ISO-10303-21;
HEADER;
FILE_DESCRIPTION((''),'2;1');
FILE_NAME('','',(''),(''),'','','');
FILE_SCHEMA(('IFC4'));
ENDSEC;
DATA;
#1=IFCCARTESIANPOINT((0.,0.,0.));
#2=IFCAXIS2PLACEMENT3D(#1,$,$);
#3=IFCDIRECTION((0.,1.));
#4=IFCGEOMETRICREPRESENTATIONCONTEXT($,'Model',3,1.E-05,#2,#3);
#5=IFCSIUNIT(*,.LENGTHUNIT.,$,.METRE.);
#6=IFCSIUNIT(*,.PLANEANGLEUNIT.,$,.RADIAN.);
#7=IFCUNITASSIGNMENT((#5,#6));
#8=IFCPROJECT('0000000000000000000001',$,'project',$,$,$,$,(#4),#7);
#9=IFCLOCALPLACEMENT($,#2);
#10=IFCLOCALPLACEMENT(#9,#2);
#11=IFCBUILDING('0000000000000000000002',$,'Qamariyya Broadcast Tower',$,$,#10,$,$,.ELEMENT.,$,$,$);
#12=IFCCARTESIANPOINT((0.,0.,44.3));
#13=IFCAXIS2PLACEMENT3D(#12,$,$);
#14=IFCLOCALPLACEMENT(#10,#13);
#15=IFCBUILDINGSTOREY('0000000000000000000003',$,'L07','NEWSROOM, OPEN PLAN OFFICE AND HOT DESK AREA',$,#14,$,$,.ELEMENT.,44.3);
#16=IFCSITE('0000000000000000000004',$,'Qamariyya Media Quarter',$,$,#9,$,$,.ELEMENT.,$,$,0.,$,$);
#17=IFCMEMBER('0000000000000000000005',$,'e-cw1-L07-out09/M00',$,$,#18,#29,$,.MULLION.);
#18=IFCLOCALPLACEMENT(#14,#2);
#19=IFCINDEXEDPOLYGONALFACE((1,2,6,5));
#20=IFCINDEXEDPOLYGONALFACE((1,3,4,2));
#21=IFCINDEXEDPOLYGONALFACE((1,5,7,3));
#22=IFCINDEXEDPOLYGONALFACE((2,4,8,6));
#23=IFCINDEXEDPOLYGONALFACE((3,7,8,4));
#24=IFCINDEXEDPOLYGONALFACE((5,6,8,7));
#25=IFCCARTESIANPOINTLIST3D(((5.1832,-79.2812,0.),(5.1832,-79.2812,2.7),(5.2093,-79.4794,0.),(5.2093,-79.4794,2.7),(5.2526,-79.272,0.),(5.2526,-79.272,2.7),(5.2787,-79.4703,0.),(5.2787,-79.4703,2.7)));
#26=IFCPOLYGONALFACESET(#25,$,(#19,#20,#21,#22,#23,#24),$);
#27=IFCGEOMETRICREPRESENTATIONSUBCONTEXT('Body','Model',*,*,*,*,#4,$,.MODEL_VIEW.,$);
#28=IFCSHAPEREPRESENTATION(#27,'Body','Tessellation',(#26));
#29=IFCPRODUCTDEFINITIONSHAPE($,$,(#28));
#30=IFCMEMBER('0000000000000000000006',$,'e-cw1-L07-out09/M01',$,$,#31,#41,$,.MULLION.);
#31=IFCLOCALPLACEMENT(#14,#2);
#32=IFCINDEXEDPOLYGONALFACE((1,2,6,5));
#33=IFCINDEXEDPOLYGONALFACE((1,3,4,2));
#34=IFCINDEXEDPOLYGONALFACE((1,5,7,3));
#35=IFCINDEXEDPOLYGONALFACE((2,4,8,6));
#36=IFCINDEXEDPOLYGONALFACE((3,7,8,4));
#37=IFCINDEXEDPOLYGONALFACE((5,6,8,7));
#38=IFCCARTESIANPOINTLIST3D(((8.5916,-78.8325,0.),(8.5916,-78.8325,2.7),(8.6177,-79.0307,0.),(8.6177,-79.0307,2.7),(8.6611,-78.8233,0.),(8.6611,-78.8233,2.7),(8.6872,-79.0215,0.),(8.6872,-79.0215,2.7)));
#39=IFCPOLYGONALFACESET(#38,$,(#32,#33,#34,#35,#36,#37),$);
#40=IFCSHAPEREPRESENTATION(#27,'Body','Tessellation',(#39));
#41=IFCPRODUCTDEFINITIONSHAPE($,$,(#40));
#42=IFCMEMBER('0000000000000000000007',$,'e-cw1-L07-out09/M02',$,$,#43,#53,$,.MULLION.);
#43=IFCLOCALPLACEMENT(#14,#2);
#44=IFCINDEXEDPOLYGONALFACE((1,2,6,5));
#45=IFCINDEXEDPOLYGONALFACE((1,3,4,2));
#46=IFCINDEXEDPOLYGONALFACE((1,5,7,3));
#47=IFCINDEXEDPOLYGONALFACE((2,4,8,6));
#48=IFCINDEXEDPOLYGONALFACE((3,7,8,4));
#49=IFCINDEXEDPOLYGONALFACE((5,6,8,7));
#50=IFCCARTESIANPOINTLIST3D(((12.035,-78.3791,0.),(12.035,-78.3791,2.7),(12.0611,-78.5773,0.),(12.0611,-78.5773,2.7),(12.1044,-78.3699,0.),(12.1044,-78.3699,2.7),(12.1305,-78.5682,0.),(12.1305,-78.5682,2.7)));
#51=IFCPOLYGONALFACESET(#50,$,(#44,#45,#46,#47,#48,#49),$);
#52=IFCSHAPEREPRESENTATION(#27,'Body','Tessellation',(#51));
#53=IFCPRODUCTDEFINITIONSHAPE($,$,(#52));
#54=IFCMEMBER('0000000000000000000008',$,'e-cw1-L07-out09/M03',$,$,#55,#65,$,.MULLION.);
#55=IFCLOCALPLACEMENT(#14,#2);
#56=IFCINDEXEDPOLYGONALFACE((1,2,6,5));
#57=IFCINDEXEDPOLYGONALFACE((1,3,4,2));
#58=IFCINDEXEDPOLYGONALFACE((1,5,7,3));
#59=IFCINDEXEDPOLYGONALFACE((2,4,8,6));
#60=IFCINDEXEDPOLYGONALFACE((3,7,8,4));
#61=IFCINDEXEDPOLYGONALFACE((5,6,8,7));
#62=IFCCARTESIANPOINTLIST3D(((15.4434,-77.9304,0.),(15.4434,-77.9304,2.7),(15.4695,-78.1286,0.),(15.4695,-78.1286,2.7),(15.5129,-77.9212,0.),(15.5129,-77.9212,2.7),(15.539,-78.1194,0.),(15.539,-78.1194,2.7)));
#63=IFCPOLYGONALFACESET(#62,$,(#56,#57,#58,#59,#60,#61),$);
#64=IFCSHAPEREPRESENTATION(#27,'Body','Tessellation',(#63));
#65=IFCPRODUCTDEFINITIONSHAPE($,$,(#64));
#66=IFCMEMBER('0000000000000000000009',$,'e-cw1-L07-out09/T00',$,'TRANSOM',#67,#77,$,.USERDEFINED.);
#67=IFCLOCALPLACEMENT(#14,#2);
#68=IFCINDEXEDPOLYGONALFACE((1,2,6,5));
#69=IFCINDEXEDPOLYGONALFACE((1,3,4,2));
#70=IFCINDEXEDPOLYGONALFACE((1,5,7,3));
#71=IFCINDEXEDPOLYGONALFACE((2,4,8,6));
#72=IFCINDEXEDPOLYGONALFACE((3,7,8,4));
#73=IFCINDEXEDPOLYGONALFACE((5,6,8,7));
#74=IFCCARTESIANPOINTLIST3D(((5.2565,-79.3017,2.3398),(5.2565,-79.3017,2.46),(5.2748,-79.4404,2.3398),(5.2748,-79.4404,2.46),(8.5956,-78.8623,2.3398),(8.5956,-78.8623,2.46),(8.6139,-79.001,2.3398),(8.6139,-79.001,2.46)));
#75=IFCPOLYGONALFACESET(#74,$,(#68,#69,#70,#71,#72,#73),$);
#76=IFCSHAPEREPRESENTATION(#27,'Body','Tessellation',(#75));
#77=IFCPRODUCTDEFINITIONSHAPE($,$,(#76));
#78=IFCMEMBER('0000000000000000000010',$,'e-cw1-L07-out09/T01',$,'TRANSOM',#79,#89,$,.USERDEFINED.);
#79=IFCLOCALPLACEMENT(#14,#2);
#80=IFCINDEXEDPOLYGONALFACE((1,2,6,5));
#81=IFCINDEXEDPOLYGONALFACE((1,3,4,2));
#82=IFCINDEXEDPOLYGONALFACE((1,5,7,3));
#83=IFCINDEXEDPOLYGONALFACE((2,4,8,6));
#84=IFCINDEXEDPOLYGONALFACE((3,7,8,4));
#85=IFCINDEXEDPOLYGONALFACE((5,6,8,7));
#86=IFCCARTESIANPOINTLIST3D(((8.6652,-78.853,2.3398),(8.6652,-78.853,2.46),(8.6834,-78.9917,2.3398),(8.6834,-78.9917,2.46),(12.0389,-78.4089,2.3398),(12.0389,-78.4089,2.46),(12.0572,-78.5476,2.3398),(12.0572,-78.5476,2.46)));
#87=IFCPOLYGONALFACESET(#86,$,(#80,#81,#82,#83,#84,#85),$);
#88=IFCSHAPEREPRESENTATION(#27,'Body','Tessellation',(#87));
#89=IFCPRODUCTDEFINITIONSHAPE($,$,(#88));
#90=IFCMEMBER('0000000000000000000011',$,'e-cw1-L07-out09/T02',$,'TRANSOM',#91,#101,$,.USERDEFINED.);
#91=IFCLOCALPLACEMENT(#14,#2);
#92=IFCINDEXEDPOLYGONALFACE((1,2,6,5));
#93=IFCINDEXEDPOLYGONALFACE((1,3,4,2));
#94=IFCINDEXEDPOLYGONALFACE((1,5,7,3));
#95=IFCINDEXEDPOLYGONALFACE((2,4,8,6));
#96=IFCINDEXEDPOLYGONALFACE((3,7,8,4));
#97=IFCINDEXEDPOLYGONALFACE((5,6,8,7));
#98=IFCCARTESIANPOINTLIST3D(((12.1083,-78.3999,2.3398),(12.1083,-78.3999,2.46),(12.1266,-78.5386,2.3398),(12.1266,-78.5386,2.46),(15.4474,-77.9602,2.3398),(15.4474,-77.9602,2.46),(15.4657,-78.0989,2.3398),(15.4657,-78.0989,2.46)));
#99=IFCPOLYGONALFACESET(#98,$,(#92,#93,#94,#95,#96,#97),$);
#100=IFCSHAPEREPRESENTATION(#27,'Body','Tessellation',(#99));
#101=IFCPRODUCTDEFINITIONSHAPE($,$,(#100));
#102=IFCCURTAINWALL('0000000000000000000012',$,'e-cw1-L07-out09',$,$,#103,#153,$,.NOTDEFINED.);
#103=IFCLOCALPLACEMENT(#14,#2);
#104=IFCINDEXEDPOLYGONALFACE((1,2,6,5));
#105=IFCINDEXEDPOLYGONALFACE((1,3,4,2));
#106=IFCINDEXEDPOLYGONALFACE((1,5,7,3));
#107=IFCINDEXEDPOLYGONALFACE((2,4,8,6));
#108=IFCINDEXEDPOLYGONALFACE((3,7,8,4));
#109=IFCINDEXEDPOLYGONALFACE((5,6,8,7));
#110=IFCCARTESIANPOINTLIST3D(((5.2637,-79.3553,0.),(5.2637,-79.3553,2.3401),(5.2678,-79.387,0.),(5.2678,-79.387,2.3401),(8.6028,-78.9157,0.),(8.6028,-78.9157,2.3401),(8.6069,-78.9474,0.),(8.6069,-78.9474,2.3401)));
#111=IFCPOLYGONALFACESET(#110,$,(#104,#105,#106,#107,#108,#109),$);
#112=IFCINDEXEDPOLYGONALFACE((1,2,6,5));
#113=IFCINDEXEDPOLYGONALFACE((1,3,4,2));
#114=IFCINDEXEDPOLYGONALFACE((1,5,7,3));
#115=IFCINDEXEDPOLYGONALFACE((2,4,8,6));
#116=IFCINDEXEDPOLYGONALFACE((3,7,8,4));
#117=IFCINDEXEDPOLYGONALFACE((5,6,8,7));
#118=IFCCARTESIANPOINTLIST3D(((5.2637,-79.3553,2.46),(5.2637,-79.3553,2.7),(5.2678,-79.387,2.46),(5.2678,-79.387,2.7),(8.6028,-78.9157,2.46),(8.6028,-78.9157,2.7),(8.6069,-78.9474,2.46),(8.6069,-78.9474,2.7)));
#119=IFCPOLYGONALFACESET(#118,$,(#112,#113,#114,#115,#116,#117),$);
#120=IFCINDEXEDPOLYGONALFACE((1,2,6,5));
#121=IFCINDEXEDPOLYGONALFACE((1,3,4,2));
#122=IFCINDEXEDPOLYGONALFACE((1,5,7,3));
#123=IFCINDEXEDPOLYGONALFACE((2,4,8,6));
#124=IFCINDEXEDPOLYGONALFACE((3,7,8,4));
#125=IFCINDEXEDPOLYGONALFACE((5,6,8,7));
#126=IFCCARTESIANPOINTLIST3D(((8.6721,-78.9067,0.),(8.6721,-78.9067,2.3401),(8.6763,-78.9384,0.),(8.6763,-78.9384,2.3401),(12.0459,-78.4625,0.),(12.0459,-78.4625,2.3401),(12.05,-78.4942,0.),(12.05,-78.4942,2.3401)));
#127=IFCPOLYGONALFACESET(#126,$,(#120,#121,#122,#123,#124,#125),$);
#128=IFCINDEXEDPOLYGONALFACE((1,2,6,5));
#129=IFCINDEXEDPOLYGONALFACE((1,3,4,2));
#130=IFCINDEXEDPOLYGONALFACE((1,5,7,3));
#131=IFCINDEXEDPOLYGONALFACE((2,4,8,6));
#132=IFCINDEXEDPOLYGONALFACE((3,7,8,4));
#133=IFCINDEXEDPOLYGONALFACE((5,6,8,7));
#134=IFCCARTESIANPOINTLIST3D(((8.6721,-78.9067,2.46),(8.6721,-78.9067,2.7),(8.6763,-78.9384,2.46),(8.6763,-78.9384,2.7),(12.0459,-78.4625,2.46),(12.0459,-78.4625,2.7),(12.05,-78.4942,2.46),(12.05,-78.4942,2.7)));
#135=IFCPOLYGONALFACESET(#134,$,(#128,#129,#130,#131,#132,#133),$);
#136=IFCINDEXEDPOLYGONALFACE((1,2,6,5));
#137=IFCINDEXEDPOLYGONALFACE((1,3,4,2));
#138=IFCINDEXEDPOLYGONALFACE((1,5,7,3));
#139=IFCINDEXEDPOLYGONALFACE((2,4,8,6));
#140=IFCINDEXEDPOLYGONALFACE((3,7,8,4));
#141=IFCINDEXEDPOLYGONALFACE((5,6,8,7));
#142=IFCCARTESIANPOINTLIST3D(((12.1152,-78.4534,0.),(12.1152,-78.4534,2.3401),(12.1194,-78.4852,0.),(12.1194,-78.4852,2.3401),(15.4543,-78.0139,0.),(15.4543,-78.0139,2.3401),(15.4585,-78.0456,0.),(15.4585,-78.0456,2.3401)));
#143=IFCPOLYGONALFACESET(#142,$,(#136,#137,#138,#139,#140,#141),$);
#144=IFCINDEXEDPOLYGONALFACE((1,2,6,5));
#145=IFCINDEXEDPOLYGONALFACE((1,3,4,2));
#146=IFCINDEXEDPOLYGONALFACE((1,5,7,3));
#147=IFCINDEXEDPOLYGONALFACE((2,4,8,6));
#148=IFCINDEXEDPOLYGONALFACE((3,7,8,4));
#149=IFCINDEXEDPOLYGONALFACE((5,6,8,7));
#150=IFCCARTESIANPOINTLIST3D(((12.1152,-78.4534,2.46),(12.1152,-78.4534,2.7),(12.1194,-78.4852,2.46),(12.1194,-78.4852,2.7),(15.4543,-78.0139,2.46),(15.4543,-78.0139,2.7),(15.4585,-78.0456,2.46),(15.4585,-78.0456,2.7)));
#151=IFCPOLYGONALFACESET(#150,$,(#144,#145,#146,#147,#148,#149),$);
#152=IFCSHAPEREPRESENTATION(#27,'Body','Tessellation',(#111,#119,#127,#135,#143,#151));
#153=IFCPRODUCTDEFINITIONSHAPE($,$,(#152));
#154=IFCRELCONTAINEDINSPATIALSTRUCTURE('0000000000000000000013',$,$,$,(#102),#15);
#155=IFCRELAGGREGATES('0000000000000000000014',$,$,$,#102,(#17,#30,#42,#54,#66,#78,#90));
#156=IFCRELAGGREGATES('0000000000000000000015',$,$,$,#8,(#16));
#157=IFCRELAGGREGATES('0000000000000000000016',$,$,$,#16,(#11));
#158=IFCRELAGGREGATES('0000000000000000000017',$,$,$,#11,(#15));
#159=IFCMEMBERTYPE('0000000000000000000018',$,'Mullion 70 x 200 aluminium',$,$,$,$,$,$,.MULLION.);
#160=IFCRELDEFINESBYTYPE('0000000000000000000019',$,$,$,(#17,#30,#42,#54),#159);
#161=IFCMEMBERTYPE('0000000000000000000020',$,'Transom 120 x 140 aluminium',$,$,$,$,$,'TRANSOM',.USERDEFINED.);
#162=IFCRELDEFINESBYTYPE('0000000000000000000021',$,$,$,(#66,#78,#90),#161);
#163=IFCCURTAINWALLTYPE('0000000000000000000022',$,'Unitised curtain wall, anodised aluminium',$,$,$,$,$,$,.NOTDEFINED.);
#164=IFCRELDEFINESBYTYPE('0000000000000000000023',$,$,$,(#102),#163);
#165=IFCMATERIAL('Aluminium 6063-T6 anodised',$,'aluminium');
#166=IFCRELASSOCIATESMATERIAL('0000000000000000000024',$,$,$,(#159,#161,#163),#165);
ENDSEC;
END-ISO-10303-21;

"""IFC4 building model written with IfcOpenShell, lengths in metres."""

from ifc_helpers import new_model, si_unit, direction, frame, origin, origin_2d, place, context, subcontext, project, spatial, rectangle, extrude, material, material_profile, profile_set, type_object, element, aggregate, save


model = new_model("IFC4")

# Units and contexts
model_context = context("Model", 3, precision=1e-05, world=origin(), true_north=direction((0.0, 1.0)))
body_context = subcontext(model_context, "Body", "Model", "MODEL_VIEW")
ifc_project = project(units=[si_unit("LENGTHUNIT", "METRE"), si_unit("PLANEANGLEUNIT", "RADIAN")], contexts=[model_context])

# Members
ifc_material = material(Name="Aluminium 6063-T6 anodised", Category="aluminium")
ifc_material_profile_1 = material_profile(ifc_material, rectangle(XDim=0.2, YDim=0.0701, at=origin_2d()))
ifc_profile_set_1 = profile_set([ifc_material_profile_1], Name="Aluminium 6063-T6 anodised")
member_type_1 = type_object("IfcMemberType", Name="Mullion 70 x 200 aluminium", PredefinedType="MULLION", material=ifc_profile_set_1)
site_placement = place(None, origin())
building_placement = place(site_placement, origin())
storey_placement = place(building_placement, frame((0.0, 0.0, 44.3)))
member_1_placement = place(storey_placement, frame((5.231, -79.3757, 0.0), z_axis=(0.0, 0.0, 1.0), x_axis=(-0.130526, 0.991445, 0.0)))
member_1 = element("IfcMember", 1, at=member_1_placement, type_object=member_type_1, Name="e-cw1-L07-out09/M00", PredefinedType="MULLION", context=body_context, shape_type="SweptSolid", body=[
    extrude(rectangle(XDim=0.2, YDim=0.0701, at=origin_2d()), origin(), (0.0, 0.0, 1.0), 2.7),
])
member_2_placement = place(storey_placement, frame((8.6394, -78.927, 0.0), z_axis=(0.0, 0.0, 1.0), x_axis=(-0.130526, 0.991445, 0.0)))
member_2 = element("IfcMember", 2, at=member_2_placement, type_object=member_type_1, Name="e-cw1-L07-out09/M01", PredefinedType="MULLION", context=body_context, shape_type="SweptSolid", body=[
    extrude(rectangle(XDim=0.2, YDim=0.0701, at=origin_2d()), origin(), (0.0, 0.0, 1.0), 2.7),
])
member_3_placement = place(storey_placement, frame((12.0828, -78.4736, 0.0), z_axis=(0.0, 0.0, 1.0), x_axis=(-0.130526, 0.991445, 0.0)))
member_3 = element("IfcMember", 3, at=member_3_placement, type_object=member_type_1, Name="e-cw1-L07-out09/M02", PredefinedType="MULLION", context=body_context, shape_type="SweptSolid", body=[
    extrude(rectangle(XDim=0.2, YDim=0.0701, at=origin_2d()), origin(), (0.0, 0.0, 1.0), 2.7),
])
member_4_placement = place(storey_placement, frame((15.4912, -78.0249, 0.0), z_axis=(0.0, 0.0, 1.0), x_axis=(-0.130526, 0.991445, 0.0)))
member_4 = element("IfcMember", 4, at=member_4_placement, type_object=member_type_1, Name="e-cw1-L07-out09/M03", PredefinedType="MULLION", context=body_context, shape_type="SweptSolid", body=[
    extrude(rectangle(XDim=0.2, YDim=0.0701, at=origin_2d()), origin(), (0.0, 0.0, 1.0), 2.7),
])
ifc_material_profile_2 = material_profile(ifc_material, rectangle(XDim=0.1399, YDim=0.1201, at=origin_2d()))
ifc_profile_set_2 = profile_set([ifc_material_profile_2], Name="Aluminium 6063-T6 anodised")
member_type_2 = type_object("IfcMemberType", Name="Transom 120 x 140 aluminium", ElementType="TRANSOM", PredefinedType="USERDEFINED", material=ifc_profile_set_2)
member_5_placement = place(storey_placement, frame((5.2656, -79.3711, 2.3999), z_axis=(0.991451, 0.130483, 0.0), x_axis=(-0.130483, 0.991451, 0.0)))
member_5 = element("IfcMember", 5, at=member_5_placement, type_object=member_type_2, Name="e-cw1-L07-out09/T00", ObjectType="TRANSOM", PredefinedType="USERDEFINED", context=body_context, shape_type="SweptSolid", body=[
    extrude(rectangle(XDim=0.1399, YDim=0.1201, at=origin_2d()), origin(), (0.0, 0.0, 1.0), 3.3679),
])
member_6_placement = place(storey_placement, frame((8.6743, -78.9224, 2.3999), z_axis=(0.991448, 0.130505, 0.0), x_axis=(-0.130505, 0.991448, 0.0)))
member_6 = element("IfcMember", 6, at=member_6_placement, type_object=member_type_2, Name="e-cw1-L07-out09/T01", ObjectType="TRANSOM", PredefinedType="USERDEFINED", context=body_context, shape_type="SweptSolid", body=[
    extrude(rectangle(XDim=0.1399, YDim=0.1201, at=origin_2d()), origin(), (0.0, 0.0, 1.0), 3.4028),
])
member_7_placement = place(storey_placement, frame((12.1174, -78.4692, 2.3999), z_axis=(0.991441, 0.130554, 0.0), x_axis=(-0.130554, 0.991441, 0.0)))
member_7 = element("IfcMember", 7, at=member_7_placement, type_object=member_type_2, Name="e-cw1-L07-out09/T02", ObjectType="TRANSOM", PredefinedType="USERDEFINED", context=body_context, shape_type="SweptSolid", body=[
    extrude(rectangle(XDim=0.1399, YDim=0.1201, at=origin_2d()), origin(), (0.0, 0.0, 1.0), 3.3679),
])

# Site, building, storey
site = spatial("IfcSite", under=ifc_project, at=site_placement, Name="Qamariyya Media Quarter", CompositionType="ELEMENT", RefElevation=0.0)
building = spatial("IfcBuilding", under=site, at=building_placement, Name="Qamariyya Broadcast Tower", CompositionType="ELEMENT")
storey = spatial("IfcBuildingStorey", under=building, at=storey_placement, Name="L07", Description="NEWSROOM, OPEN PLAN OFFICE AND HOT DESK AREA", CompositionType="ELEMENT", Elevation=44.3)

# Curtain wall
curtain_wall_type = type_object("IfcCurtainWallType", Name="Unitised curtain wall, anodised aluminium", PredefinedType="NOTDEFINED", material=ifc_material)
curtain_wall_1_placement = place(storey_placement, origin())
curtain_wall_1 = element("IfcCurtainWall", 8, at=curtain_wall_1_placement, inside=storey, type_object=curtain_wall_type, Name="e-cw1-L07-out09", PredefinedType="NOTDEFINED", context=body_context, shape_type="SweptSolid", body=[
    extrude(rectangle(XDim=3.3679, YDim=0.032, at=origin_2d()), frame((6.9353, -79.1514, 0.0), x_axis=(0.991446, 0.130521, 0.0)), (0.0, 0.0, 1.0), 2.3401),
    extrude(rectangle(XDim=3.3679, YDim=0.032, at=origin_2d()), frame((6.9353, -79.1514, 2.46), x_axis=(0.991446, 0.130521, 0.0)), (0.0, 0.0, 1.0), 0.24),
    extrude(rectangle(XDim=3.4028, YDim=0.032, at=origin_2d()), frame((10.3611, -78.7004, 0.0), x_axis=(0.991446, 0.130521, 0.0)), (0.0, 0.0, 1.0), 2.3401),
    extrude(rectangle(XDim=3.4028, YDim=0.032, at=origin_2d()), frame((10.3611, -78.7004, 2.46), x_axis=(0.991446, 0.130521, 0.0)), (0.0, 0.0, 1.0), 0.24),
    extrude(rectangle(XDim=3.3679, YDim=0.032, at=origin_2d()), frame((13.7869, -78.2495, 0.0), x_axis=(0.991446, 0.130521, 0.0)), (0.0, 0.0, 1.0), 2.3401),
    extrude(rectangle(XDim=3.3679, YDim=0.032, at=origin_2d()), frame((13.7869, -78.2495, 2.46), x_axis=(0.991446, 0.130521, 0.0)), (0.0, 0.0, 1.0), 0.24),
])
aggregate(curtain_wall_1, [member_1, member_2, member_3, member_4, member_5, member_6, member_7])

save(model, "model.ifc")
